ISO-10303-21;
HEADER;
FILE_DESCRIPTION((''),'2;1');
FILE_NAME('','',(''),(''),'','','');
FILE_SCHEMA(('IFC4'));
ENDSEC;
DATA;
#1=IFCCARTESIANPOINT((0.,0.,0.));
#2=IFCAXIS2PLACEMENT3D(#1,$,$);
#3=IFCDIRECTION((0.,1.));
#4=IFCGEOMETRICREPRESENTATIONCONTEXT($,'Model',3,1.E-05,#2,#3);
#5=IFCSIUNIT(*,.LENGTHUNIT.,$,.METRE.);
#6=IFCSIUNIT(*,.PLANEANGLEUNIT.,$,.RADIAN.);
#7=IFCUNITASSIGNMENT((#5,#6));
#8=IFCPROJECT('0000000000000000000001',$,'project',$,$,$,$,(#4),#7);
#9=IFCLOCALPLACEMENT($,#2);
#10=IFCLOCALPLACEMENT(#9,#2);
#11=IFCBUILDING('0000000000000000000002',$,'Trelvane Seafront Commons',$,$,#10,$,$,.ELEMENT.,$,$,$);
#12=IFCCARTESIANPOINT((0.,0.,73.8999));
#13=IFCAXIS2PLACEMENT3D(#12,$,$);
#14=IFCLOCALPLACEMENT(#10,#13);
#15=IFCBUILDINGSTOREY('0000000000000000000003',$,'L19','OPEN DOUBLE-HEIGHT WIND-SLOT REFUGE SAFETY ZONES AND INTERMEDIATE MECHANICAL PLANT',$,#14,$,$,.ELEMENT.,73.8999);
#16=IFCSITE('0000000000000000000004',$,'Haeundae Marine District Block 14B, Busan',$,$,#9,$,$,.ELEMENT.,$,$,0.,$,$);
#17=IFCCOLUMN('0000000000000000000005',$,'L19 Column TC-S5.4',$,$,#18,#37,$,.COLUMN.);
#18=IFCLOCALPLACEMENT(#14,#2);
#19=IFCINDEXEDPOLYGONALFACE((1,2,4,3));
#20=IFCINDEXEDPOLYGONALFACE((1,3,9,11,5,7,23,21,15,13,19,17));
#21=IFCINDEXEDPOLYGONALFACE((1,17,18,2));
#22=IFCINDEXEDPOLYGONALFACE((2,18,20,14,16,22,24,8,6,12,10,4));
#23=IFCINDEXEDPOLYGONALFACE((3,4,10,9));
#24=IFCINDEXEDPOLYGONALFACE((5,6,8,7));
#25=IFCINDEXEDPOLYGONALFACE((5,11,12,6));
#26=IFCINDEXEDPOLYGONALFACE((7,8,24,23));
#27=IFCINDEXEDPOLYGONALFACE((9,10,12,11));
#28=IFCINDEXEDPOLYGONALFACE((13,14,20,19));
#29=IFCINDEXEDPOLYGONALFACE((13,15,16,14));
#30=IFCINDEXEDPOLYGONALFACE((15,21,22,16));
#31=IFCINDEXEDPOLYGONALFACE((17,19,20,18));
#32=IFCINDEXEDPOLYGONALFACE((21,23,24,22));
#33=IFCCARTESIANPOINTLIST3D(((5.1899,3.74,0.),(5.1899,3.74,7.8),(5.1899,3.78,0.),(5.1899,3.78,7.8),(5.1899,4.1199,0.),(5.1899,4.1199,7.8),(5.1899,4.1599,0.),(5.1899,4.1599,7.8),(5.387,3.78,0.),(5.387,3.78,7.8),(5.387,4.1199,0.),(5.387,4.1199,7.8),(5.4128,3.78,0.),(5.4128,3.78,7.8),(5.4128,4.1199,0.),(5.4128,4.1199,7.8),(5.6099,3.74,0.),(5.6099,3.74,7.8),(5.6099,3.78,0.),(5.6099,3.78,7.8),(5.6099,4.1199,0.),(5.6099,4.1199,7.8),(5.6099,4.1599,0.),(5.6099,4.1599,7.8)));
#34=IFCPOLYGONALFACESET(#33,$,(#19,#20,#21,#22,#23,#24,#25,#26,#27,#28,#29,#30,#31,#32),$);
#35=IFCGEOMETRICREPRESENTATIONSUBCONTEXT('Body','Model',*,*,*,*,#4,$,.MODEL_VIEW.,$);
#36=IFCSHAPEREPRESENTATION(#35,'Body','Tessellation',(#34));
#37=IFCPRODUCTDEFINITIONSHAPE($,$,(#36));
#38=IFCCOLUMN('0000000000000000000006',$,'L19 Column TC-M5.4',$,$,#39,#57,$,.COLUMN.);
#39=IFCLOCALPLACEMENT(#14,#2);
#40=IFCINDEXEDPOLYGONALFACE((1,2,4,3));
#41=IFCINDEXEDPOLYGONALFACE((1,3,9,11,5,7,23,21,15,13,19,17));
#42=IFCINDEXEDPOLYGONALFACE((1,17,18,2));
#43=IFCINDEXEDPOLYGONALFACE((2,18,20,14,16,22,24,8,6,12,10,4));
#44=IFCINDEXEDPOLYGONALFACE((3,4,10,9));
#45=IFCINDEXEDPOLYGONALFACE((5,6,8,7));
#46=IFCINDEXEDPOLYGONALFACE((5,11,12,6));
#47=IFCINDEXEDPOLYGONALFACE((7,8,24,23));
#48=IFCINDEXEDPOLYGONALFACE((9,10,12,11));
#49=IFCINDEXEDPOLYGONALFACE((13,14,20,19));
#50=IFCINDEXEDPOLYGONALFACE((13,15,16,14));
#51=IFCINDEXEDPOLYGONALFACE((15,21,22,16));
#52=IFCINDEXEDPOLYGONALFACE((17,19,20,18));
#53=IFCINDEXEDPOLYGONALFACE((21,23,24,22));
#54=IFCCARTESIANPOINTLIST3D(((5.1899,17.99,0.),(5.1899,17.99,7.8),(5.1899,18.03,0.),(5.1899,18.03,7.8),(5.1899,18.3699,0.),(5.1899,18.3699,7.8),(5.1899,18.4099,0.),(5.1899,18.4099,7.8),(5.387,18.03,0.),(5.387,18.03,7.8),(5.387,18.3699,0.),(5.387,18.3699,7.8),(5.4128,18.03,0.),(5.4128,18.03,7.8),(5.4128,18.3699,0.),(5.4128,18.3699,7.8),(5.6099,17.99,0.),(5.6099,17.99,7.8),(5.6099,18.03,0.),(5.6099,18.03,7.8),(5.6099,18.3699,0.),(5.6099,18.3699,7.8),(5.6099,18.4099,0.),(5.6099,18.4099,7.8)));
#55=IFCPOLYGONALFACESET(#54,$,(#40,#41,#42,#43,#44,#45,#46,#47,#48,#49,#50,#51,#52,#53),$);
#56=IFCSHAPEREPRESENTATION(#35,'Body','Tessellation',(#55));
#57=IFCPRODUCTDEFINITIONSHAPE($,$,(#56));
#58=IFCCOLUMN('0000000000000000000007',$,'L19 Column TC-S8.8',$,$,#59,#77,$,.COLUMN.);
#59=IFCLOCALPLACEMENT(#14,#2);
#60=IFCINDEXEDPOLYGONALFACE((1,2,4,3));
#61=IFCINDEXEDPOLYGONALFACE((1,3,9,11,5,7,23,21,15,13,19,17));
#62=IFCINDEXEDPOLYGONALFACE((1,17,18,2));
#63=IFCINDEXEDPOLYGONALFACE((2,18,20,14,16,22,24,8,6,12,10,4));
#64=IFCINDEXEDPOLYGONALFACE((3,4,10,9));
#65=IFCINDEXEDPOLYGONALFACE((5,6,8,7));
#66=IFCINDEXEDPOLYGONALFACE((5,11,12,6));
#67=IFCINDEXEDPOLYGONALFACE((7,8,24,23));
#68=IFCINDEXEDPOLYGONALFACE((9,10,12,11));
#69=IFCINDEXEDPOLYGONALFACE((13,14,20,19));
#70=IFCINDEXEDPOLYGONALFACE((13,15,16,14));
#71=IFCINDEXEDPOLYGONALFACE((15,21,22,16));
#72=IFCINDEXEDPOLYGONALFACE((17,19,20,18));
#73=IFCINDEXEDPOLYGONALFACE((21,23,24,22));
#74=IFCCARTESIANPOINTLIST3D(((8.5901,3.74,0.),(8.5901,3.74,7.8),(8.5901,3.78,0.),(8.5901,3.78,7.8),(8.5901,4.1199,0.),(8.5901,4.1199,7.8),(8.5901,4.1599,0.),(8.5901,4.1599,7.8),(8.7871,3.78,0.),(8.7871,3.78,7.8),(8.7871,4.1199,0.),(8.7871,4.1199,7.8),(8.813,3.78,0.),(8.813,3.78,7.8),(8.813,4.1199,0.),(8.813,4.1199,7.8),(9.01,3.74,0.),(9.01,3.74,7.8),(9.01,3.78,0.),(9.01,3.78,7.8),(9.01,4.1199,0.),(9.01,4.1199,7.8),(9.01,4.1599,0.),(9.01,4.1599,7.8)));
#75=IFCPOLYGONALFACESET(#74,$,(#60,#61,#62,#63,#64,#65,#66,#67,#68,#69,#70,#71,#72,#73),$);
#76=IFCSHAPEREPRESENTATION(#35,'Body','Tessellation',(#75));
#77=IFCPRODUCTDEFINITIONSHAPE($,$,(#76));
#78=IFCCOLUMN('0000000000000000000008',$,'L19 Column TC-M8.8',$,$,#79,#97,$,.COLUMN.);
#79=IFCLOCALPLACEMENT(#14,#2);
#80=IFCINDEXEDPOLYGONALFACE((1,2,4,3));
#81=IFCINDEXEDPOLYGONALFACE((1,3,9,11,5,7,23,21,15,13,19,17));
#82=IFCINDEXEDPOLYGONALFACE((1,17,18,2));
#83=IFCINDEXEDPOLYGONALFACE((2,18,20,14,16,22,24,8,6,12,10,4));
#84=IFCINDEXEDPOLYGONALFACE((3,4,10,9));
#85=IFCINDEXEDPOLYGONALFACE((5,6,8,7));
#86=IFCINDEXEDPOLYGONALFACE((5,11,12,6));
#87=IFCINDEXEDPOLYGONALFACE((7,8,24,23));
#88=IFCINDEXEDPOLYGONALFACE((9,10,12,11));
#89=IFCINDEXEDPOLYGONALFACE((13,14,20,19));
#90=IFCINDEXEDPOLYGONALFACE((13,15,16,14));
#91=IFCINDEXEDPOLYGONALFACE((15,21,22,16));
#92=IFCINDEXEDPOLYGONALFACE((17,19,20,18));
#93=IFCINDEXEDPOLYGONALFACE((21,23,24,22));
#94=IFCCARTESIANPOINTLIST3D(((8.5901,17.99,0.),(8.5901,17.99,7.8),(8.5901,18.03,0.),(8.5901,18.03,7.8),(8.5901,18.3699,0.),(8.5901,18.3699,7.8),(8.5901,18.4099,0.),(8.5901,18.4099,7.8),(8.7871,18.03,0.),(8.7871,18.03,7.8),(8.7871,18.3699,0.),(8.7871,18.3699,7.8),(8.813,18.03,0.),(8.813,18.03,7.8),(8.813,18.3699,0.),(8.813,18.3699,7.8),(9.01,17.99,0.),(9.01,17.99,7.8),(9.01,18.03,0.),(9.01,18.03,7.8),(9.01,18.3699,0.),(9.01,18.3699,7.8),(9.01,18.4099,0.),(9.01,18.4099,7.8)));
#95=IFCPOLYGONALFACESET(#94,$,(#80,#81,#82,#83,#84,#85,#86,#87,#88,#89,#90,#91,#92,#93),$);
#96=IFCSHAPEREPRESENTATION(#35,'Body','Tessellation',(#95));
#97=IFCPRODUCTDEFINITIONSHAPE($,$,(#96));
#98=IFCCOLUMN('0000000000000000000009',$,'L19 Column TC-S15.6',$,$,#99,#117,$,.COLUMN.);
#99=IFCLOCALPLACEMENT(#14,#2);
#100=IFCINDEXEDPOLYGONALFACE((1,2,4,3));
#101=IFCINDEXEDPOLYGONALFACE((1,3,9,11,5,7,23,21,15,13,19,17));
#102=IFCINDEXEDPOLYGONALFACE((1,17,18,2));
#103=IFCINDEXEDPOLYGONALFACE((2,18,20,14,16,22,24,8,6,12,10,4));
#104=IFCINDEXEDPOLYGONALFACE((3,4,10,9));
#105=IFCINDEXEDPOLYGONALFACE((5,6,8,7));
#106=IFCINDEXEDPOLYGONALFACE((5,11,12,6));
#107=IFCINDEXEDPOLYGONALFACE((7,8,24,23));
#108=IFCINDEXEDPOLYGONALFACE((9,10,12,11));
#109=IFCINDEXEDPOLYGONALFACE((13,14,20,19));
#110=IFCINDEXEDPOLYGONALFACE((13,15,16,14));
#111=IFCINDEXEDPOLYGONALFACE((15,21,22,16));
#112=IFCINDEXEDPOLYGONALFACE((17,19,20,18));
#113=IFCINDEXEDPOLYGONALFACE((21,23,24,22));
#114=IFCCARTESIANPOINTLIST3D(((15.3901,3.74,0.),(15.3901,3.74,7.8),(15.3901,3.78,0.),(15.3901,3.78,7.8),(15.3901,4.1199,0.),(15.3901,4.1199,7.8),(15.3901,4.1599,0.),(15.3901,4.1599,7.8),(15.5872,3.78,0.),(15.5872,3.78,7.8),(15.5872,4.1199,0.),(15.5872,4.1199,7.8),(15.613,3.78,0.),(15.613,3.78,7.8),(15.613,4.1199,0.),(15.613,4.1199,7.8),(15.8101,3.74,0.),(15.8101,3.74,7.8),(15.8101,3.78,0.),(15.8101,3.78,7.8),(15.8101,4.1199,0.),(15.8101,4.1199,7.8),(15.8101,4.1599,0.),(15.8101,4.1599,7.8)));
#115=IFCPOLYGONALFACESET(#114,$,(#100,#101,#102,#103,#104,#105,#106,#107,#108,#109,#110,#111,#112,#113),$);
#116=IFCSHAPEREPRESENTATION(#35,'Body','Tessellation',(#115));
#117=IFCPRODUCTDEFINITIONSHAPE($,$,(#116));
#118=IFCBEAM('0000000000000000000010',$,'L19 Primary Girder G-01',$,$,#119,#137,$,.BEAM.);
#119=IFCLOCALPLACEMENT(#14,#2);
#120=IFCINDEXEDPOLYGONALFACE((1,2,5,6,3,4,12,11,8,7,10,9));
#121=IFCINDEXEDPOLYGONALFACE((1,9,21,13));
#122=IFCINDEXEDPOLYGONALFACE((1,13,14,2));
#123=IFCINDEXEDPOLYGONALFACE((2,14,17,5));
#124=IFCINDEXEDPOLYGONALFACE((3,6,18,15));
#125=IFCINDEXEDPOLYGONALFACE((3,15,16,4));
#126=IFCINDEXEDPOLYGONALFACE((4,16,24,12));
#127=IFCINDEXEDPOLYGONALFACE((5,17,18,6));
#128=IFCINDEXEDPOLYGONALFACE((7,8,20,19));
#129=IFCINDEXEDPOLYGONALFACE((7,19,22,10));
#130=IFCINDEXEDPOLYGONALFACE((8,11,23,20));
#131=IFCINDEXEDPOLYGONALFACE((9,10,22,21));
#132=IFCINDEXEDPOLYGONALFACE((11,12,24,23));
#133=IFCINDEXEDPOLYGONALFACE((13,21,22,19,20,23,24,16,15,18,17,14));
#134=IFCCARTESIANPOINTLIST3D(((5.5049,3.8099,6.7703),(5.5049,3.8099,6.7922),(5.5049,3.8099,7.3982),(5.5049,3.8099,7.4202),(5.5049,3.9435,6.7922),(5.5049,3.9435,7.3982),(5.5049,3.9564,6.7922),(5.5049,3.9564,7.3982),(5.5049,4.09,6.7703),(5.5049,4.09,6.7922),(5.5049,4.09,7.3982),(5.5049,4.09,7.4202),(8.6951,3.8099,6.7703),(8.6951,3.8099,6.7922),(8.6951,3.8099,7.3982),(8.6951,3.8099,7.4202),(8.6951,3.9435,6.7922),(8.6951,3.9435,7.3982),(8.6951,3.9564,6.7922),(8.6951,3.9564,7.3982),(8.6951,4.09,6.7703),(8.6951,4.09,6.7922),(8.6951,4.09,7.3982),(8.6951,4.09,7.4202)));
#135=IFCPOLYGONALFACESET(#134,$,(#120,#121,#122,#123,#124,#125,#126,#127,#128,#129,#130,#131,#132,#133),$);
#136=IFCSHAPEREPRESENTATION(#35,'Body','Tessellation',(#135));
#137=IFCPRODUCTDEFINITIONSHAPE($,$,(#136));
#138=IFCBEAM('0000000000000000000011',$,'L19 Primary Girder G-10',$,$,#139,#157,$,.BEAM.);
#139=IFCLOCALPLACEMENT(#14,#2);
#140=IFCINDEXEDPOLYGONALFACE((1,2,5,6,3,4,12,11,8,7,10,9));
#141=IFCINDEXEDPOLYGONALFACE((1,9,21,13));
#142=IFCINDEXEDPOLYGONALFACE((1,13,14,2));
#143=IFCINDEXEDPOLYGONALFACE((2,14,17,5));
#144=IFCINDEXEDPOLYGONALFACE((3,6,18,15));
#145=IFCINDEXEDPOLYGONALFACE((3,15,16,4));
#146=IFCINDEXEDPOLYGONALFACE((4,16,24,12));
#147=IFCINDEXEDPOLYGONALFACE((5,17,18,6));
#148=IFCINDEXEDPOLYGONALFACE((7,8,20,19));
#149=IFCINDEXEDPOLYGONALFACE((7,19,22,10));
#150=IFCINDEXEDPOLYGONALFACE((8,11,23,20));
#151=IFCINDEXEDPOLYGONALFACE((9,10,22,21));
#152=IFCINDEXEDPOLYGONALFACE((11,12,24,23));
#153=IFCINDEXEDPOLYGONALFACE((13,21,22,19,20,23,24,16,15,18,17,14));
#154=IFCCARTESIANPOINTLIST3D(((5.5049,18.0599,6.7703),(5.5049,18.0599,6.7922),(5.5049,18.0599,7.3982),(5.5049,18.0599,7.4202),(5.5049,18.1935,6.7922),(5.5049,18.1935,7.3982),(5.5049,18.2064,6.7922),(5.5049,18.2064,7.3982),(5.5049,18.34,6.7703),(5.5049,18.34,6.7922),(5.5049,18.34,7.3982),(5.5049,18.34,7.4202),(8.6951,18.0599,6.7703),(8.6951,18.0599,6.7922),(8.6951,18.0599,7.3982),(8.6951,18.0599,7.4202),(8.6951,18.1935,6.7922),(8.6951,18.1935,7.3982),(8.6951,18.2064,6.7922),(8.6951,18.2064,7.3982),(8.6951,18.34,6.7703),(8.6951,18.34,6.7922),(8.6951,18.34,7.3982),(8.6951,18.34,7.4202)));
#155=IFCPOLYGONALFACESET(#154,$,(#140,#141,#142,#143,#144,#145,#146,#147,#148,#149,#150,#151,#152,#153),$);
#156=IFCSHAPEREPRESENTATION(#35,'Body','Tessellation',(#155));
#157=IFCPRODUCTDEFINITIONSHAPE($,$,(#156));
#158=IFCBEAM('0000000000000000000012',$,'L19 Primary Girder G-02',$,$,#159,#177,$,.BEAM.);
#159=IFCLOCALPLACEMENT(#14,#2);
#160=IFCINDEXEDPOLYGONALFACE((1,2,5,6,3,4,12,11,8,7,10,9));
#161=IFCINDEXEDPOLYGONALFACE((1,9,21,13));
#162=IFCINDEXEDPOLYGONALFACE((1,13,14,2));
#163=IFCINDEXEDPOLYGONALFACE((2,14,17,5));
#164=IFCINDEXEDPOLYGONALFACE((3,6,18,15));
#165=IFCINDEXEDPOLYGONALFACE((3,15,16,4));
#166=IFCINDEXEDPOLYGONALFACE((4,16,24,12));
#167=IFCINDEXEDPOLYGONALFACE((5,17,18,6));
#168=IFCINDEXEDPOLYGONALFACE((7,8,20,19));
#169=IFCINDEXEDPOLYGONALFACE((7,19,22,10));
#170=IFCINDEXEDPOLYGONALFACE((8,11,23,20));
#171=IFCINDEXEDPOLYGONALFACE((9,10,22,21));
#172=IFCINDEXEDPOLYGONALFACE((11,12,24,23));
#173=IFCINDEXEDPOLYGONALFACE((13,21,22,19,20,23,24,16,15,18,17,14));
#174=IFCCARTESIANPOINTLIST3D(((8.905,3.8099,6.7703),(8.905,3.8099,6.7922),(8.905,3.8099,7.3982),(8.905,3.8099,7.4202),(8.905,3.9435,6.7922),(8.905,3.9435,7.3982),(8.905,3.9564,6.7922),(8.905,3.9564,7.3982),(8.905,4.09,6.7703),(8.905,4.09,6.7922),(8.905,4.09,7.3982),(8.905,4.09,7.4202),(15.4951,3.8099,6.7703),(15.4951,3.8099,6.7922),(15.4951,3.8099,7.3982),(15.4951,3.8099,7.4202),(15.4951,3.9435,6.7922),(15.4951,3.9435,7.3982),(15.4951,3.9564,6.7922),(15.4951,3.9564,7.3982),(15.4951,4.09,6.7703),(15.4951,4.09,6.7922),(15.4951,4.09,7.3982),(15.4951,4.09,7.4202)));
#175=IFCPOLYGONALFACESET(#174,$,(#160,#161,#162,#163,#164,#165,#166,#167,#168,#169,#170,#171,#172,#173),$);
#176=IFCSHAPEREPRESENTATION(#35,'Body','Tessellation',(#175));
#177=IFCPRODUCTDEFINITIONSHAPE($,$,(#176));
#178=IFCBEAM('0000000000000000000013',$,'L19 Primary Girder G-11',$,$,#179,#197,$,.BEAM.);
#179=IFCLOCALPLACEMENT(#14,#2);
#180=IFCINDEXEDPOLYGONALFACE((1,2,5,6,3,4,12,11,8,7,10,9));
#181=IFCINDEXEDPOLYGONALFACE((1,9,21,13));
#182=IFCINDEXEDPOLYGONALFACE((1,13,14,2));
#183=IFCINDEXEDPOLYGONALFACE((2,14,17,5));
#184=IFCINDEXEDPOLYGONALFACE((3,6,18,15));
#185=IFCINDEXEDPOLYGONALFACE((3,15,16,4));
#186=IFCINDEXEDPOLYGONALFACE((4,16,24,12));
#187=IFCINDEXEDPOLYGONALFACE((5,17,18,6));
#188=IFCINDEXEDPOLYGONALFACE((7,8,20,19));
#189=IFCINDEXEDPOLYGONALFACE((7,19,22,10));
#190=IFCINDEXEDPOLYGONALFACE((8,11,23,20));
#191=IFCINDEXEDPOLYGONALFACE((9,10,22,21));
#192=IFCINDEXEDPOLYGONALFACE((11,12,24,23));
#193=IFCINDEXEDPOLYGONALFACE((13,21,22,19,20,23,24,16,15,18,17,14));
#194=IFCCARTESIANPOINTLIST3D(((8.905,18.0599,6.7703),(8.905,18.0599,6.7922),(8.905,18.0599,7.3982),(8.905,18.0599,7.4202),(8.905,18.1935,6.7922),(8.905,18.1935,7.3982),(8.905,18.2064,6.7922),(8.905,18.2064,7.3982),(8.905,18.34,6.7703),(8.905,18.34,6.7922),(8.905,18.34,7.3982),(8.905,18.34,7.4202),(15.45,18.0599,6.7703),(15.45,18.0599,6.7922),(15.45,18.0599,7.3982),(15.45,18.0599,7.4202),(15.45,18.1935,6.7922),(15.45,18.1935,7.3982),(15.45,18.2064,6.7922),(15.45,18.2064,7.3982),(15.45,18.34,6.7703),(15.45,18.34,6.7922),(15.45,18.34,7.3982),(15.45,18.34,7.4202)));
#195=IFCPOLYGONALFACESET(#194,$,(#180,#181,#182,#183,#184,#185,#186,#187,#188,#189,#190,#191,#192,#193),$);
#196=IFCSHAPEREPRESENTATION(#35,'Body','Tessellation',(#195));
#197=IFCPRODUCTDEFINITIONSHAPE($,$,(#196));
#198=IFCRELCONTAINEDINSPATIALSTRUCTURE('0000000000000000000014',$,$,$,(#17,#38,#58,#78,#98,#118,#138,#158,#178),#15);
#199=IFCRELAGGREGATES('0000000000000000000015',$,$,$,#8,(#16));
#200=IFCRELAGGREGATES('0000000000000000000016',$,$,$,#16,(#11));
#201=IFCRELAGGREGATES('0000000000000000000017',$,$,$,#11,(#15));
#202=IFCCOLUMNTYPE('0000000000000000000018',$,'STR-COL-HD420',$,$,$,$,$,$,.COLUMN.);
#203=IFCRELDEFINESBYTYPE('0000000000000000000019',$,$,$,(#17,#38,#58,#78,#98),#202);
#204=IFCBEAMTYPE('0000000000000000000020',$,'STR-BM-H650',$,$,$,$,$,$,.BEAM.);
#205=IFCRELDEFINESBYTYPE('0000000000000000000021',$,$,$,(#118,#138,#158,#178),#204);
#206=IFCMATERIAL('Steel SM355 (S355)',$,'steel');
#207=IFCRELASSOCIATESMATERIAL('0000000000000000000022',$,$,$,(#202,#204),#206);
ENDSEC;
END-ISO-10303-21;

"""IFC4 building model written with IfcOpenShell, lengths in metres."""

from ifc_helpers import new_model, si_unit, direction, frame, origin, origin_2d, place, context, subcontext, project, spatial, i_section, extrude, source, transform, mapped, material, material_profile, profile_set, type_object, element, save


model = new_model("IFC4")

# Units and contexts
model_context = context("Model", 3, precision=1e-05, world=origin(), true_north=direction((0.0, 1.0)))
body_context = subcontext(model_context, "Body", "Model", "MODEL_VIEW")
ifc_project = project(units=[si_unit("LENGTHUNIT", "METRE"), si_unit("PLANEANGLEUNIT", "RADIAN")], contexts=[model_context])

# Site, building, storey
site_placement = place(None, origin())
site = spatial("IfcSite", under=ifc_project, at=site_placement, Name="Haeundae Marine District Block 14B, Busan", CompositionType="ELEMENT", RefElevation=0.0)
building_placement = place(site_placement, origin())
building = spatial("IfcBuilding", under=site, at=building_placement, Name="Trelvane Seafront Commons", CompositionType="ELEMENT")
storey_placement = place(building_placement, frame((0.0, 0.0, 73.8999)))
storey = spatial("IfcBuildingStorey", under=building, at=storey_placement, Name="L19", Description="OPEN DOUBLE-HEIGHT WIND-SLOT REFUGE SAFETY ZONES AND INTERMEDIATE MECHANICAL PLANT", CompositionType="ELEMENT", Elevation=73.8999)

# Columns
ifc_material_1 = material(Name="Steel SM355 (S355)", Category="steel")
ifc_material_profile_1 = material_profile(ifc_material_1, i_section(OverallWidth=0.4199, OverallDepth=0.4199, WebThickness=0.0259, FlangeThickness=0.04, at=origin_2d()), Name="HD-420x420x26x40")
ifc_profile_set_1 = profile_set([ifc_material_profile_1], Name="Steel SM355 (S355)")
column_type = type_object("IfcColumnType", Name="STR-COL-HD420", PredefinedType="COLUMN", material=ifc_profile_set_1)
shared_shape_1 = source(origin(), body_context, "Body", "SweptSolid", [
    extrude(i_section(OverallWidth=0.4199, OverallDepth=0.4199, WebThickness=0.0259, FlangeThickness=0.04, at=origin_2d()), origin(), (0.0, 0.0, 1.0), 7.8),
])
for number, where, z_axis, x_axis, name in (
    (1, (5.3999, 3.95, 0.0), (0.0, 0.0, 1.0), (1.0, 0.0, 0.0), "L19 Column TC-S5.4"),
    (2, (5.3999, 18.2, 0.0), (0.0, 0.0, 1.0), (1.0, 0.0, 0.0), "L19 Column TC-M5.4"),
    (3, (8.8, 3.95, 0.0), (0.0, 0.0, 1.0), (1.0, 0.0, 0.0), "L19 Column TC-S8.8"),
    (4, (8.8, 18.2, 0.0), (0.0, 0.0, 1.0), (1.0, 0.0, 0.0), "L19 Column TC-M8.8"),
    (5, (15.6001, 3.95, 0.0), (0.0, 0.0, 1.0), (1.0, 0.0, 0.0), "L19 Column TC-S15.6"),
):
    element("IfcColumn", number, at=place(storey_placement, frame(where, z_axis=z_axis, x_axis=x_axis)), inside=storey, type_object=column_type, Name=name, PredefinedType="COLUMN", context=body_context, shape_type="MappedRepresentation", body=[
        mapped(shared_shape_1, transform((0.0, 0.0, 0.0), x_axis=(1.0, 0.0, 0.0), y_axis=(0.0, 1.0, 0.0), z_axis=(0.0, 0.0, 1.0), scale=1.0)),
    ])

# Beams
ifc_material_profile_2 = material_profile(ifc_material_1, i_section(OverallWidth=0.28, OverallDepth=0.6499, WebThickness=0.0129, FlangeThickness=0.022, at=origin_2d()), Name="H-650x280x13x22")
ifc_profile_set_2 = profile_set([ifc_material_profile_2], Name="Steel SM355 (S355)")
beam_type_1 = type_object("IfcBeamType", Name="STR-BM-H650", PredefinedType="BEAM", material=ifc_profile_set_2)
shared_shape_2 = source(origin(), body_context, "Body", "SweptSolid", [
    extrude(i_section(OverallWidth=0.28, OverallDepth=0.6499, WebThickness=0.0129, FlangeThickness=0.022, at=origin_2d()), origin(), (0.0, 0.0, 1.0), 3.1902),
])
for number, where, z_axis, x_axis, name in (
    (6, (5.5049, 3.95, 7.0952), (1.0, 0.0, 0.0), (0.0, 1.0, 0.0), "L19 Primary Girder G-01"),
    (7, (5.5049, 18.2, 7.0952), (1.0, 0.0, 0.0), (0.0, 1.0, 0.0), "L19 Primary Girder G-10"),
):
    element("IfcBeam", number, at=place(storey_placement, frame(where, z_axis=z_axis, x_axis=x_axis)), inside=storey, type_object=beam_type_1, Name=name, PredefinedType="BEAM", context=body_context, shape_type="MappedRepresentation", body=[
        mapped(shared_shape_2, transform((0.0, 0.0, 0.0), x_axis=(1.0, 0.0, 0.0), y_axis=(0.0, 1.0, 0.0), z_axis=(0.0, 0.0, 1.0), scale=1.0)),
    ])
shared_shape_3 = source(origin(), body_context, "Body", "SweptSolid", [
    extrude(i_section(OverallWidth=0.28, OverallDepth=0.6499, WebThickness=0.0129, FlangeThickness=0.022, at=origin_2d()), origin(), (0.0, 0.0, 1.0), 6.5901),
])
beam_1_placement = place(storey_placement, frame((8.905, 3.95, 7.0952), z_axis=(1.0, 0.0, 0.0), x_axis=(0.0, 1.0, 0.0)))
element("IfcBeam", 8, at=beam_1_placement, inside=storey, type_object=beam_type_1, Name="L19 Primary Girder G-02", PredefinedType="BEAM", context=body_context, shape_type="MappedRepresentation", body=[
    mapped(shared_shape_3, transform((0.0, 0.0, 0.0), x_axis=(1.0, 0.0, 0.0), y_axis=(0.0, 1.0, 0.0), z_axis=(0.0, 0.0, 1.0), scale=1.0)),
])
shared_shape_4 = source(origin(), body_context, "Body", "SweptSolid", [
    extrude(i_section(OverallWidth=0.28, OverallDepth=0.6499, WebThickness=0.0129, FlangeThickness=0.022, at=origin_2d()), origin(), (0.0, 0.0, 1.0), 6.5449),
])
beam_2_placement = place(storey_placement, frame((8.905, 18.2, 7.0952), z_axis=(1.0, 0.0, 0.0), x_axis=(0.0, 1.0, 0.0)))
element("IfcBeam", 9, at=beam_2_placement, inside=storey, type_object=beam_type_1, Name="L19 Primary Girder G-11", PredefinedType="BEAM", context=body_context, shape_type="MappedRepresentation", body=[
    mapped(shared_shape_4, transform((0.0, 0.0, 0.0), x_axis=(1.0, 0.0, 0.0), y_axis=(0.0, 1.0, 0.0), z_axis=(0.0, 0.0, 1.0), scale=1.0)),
])

save(model, "model.ifc")
